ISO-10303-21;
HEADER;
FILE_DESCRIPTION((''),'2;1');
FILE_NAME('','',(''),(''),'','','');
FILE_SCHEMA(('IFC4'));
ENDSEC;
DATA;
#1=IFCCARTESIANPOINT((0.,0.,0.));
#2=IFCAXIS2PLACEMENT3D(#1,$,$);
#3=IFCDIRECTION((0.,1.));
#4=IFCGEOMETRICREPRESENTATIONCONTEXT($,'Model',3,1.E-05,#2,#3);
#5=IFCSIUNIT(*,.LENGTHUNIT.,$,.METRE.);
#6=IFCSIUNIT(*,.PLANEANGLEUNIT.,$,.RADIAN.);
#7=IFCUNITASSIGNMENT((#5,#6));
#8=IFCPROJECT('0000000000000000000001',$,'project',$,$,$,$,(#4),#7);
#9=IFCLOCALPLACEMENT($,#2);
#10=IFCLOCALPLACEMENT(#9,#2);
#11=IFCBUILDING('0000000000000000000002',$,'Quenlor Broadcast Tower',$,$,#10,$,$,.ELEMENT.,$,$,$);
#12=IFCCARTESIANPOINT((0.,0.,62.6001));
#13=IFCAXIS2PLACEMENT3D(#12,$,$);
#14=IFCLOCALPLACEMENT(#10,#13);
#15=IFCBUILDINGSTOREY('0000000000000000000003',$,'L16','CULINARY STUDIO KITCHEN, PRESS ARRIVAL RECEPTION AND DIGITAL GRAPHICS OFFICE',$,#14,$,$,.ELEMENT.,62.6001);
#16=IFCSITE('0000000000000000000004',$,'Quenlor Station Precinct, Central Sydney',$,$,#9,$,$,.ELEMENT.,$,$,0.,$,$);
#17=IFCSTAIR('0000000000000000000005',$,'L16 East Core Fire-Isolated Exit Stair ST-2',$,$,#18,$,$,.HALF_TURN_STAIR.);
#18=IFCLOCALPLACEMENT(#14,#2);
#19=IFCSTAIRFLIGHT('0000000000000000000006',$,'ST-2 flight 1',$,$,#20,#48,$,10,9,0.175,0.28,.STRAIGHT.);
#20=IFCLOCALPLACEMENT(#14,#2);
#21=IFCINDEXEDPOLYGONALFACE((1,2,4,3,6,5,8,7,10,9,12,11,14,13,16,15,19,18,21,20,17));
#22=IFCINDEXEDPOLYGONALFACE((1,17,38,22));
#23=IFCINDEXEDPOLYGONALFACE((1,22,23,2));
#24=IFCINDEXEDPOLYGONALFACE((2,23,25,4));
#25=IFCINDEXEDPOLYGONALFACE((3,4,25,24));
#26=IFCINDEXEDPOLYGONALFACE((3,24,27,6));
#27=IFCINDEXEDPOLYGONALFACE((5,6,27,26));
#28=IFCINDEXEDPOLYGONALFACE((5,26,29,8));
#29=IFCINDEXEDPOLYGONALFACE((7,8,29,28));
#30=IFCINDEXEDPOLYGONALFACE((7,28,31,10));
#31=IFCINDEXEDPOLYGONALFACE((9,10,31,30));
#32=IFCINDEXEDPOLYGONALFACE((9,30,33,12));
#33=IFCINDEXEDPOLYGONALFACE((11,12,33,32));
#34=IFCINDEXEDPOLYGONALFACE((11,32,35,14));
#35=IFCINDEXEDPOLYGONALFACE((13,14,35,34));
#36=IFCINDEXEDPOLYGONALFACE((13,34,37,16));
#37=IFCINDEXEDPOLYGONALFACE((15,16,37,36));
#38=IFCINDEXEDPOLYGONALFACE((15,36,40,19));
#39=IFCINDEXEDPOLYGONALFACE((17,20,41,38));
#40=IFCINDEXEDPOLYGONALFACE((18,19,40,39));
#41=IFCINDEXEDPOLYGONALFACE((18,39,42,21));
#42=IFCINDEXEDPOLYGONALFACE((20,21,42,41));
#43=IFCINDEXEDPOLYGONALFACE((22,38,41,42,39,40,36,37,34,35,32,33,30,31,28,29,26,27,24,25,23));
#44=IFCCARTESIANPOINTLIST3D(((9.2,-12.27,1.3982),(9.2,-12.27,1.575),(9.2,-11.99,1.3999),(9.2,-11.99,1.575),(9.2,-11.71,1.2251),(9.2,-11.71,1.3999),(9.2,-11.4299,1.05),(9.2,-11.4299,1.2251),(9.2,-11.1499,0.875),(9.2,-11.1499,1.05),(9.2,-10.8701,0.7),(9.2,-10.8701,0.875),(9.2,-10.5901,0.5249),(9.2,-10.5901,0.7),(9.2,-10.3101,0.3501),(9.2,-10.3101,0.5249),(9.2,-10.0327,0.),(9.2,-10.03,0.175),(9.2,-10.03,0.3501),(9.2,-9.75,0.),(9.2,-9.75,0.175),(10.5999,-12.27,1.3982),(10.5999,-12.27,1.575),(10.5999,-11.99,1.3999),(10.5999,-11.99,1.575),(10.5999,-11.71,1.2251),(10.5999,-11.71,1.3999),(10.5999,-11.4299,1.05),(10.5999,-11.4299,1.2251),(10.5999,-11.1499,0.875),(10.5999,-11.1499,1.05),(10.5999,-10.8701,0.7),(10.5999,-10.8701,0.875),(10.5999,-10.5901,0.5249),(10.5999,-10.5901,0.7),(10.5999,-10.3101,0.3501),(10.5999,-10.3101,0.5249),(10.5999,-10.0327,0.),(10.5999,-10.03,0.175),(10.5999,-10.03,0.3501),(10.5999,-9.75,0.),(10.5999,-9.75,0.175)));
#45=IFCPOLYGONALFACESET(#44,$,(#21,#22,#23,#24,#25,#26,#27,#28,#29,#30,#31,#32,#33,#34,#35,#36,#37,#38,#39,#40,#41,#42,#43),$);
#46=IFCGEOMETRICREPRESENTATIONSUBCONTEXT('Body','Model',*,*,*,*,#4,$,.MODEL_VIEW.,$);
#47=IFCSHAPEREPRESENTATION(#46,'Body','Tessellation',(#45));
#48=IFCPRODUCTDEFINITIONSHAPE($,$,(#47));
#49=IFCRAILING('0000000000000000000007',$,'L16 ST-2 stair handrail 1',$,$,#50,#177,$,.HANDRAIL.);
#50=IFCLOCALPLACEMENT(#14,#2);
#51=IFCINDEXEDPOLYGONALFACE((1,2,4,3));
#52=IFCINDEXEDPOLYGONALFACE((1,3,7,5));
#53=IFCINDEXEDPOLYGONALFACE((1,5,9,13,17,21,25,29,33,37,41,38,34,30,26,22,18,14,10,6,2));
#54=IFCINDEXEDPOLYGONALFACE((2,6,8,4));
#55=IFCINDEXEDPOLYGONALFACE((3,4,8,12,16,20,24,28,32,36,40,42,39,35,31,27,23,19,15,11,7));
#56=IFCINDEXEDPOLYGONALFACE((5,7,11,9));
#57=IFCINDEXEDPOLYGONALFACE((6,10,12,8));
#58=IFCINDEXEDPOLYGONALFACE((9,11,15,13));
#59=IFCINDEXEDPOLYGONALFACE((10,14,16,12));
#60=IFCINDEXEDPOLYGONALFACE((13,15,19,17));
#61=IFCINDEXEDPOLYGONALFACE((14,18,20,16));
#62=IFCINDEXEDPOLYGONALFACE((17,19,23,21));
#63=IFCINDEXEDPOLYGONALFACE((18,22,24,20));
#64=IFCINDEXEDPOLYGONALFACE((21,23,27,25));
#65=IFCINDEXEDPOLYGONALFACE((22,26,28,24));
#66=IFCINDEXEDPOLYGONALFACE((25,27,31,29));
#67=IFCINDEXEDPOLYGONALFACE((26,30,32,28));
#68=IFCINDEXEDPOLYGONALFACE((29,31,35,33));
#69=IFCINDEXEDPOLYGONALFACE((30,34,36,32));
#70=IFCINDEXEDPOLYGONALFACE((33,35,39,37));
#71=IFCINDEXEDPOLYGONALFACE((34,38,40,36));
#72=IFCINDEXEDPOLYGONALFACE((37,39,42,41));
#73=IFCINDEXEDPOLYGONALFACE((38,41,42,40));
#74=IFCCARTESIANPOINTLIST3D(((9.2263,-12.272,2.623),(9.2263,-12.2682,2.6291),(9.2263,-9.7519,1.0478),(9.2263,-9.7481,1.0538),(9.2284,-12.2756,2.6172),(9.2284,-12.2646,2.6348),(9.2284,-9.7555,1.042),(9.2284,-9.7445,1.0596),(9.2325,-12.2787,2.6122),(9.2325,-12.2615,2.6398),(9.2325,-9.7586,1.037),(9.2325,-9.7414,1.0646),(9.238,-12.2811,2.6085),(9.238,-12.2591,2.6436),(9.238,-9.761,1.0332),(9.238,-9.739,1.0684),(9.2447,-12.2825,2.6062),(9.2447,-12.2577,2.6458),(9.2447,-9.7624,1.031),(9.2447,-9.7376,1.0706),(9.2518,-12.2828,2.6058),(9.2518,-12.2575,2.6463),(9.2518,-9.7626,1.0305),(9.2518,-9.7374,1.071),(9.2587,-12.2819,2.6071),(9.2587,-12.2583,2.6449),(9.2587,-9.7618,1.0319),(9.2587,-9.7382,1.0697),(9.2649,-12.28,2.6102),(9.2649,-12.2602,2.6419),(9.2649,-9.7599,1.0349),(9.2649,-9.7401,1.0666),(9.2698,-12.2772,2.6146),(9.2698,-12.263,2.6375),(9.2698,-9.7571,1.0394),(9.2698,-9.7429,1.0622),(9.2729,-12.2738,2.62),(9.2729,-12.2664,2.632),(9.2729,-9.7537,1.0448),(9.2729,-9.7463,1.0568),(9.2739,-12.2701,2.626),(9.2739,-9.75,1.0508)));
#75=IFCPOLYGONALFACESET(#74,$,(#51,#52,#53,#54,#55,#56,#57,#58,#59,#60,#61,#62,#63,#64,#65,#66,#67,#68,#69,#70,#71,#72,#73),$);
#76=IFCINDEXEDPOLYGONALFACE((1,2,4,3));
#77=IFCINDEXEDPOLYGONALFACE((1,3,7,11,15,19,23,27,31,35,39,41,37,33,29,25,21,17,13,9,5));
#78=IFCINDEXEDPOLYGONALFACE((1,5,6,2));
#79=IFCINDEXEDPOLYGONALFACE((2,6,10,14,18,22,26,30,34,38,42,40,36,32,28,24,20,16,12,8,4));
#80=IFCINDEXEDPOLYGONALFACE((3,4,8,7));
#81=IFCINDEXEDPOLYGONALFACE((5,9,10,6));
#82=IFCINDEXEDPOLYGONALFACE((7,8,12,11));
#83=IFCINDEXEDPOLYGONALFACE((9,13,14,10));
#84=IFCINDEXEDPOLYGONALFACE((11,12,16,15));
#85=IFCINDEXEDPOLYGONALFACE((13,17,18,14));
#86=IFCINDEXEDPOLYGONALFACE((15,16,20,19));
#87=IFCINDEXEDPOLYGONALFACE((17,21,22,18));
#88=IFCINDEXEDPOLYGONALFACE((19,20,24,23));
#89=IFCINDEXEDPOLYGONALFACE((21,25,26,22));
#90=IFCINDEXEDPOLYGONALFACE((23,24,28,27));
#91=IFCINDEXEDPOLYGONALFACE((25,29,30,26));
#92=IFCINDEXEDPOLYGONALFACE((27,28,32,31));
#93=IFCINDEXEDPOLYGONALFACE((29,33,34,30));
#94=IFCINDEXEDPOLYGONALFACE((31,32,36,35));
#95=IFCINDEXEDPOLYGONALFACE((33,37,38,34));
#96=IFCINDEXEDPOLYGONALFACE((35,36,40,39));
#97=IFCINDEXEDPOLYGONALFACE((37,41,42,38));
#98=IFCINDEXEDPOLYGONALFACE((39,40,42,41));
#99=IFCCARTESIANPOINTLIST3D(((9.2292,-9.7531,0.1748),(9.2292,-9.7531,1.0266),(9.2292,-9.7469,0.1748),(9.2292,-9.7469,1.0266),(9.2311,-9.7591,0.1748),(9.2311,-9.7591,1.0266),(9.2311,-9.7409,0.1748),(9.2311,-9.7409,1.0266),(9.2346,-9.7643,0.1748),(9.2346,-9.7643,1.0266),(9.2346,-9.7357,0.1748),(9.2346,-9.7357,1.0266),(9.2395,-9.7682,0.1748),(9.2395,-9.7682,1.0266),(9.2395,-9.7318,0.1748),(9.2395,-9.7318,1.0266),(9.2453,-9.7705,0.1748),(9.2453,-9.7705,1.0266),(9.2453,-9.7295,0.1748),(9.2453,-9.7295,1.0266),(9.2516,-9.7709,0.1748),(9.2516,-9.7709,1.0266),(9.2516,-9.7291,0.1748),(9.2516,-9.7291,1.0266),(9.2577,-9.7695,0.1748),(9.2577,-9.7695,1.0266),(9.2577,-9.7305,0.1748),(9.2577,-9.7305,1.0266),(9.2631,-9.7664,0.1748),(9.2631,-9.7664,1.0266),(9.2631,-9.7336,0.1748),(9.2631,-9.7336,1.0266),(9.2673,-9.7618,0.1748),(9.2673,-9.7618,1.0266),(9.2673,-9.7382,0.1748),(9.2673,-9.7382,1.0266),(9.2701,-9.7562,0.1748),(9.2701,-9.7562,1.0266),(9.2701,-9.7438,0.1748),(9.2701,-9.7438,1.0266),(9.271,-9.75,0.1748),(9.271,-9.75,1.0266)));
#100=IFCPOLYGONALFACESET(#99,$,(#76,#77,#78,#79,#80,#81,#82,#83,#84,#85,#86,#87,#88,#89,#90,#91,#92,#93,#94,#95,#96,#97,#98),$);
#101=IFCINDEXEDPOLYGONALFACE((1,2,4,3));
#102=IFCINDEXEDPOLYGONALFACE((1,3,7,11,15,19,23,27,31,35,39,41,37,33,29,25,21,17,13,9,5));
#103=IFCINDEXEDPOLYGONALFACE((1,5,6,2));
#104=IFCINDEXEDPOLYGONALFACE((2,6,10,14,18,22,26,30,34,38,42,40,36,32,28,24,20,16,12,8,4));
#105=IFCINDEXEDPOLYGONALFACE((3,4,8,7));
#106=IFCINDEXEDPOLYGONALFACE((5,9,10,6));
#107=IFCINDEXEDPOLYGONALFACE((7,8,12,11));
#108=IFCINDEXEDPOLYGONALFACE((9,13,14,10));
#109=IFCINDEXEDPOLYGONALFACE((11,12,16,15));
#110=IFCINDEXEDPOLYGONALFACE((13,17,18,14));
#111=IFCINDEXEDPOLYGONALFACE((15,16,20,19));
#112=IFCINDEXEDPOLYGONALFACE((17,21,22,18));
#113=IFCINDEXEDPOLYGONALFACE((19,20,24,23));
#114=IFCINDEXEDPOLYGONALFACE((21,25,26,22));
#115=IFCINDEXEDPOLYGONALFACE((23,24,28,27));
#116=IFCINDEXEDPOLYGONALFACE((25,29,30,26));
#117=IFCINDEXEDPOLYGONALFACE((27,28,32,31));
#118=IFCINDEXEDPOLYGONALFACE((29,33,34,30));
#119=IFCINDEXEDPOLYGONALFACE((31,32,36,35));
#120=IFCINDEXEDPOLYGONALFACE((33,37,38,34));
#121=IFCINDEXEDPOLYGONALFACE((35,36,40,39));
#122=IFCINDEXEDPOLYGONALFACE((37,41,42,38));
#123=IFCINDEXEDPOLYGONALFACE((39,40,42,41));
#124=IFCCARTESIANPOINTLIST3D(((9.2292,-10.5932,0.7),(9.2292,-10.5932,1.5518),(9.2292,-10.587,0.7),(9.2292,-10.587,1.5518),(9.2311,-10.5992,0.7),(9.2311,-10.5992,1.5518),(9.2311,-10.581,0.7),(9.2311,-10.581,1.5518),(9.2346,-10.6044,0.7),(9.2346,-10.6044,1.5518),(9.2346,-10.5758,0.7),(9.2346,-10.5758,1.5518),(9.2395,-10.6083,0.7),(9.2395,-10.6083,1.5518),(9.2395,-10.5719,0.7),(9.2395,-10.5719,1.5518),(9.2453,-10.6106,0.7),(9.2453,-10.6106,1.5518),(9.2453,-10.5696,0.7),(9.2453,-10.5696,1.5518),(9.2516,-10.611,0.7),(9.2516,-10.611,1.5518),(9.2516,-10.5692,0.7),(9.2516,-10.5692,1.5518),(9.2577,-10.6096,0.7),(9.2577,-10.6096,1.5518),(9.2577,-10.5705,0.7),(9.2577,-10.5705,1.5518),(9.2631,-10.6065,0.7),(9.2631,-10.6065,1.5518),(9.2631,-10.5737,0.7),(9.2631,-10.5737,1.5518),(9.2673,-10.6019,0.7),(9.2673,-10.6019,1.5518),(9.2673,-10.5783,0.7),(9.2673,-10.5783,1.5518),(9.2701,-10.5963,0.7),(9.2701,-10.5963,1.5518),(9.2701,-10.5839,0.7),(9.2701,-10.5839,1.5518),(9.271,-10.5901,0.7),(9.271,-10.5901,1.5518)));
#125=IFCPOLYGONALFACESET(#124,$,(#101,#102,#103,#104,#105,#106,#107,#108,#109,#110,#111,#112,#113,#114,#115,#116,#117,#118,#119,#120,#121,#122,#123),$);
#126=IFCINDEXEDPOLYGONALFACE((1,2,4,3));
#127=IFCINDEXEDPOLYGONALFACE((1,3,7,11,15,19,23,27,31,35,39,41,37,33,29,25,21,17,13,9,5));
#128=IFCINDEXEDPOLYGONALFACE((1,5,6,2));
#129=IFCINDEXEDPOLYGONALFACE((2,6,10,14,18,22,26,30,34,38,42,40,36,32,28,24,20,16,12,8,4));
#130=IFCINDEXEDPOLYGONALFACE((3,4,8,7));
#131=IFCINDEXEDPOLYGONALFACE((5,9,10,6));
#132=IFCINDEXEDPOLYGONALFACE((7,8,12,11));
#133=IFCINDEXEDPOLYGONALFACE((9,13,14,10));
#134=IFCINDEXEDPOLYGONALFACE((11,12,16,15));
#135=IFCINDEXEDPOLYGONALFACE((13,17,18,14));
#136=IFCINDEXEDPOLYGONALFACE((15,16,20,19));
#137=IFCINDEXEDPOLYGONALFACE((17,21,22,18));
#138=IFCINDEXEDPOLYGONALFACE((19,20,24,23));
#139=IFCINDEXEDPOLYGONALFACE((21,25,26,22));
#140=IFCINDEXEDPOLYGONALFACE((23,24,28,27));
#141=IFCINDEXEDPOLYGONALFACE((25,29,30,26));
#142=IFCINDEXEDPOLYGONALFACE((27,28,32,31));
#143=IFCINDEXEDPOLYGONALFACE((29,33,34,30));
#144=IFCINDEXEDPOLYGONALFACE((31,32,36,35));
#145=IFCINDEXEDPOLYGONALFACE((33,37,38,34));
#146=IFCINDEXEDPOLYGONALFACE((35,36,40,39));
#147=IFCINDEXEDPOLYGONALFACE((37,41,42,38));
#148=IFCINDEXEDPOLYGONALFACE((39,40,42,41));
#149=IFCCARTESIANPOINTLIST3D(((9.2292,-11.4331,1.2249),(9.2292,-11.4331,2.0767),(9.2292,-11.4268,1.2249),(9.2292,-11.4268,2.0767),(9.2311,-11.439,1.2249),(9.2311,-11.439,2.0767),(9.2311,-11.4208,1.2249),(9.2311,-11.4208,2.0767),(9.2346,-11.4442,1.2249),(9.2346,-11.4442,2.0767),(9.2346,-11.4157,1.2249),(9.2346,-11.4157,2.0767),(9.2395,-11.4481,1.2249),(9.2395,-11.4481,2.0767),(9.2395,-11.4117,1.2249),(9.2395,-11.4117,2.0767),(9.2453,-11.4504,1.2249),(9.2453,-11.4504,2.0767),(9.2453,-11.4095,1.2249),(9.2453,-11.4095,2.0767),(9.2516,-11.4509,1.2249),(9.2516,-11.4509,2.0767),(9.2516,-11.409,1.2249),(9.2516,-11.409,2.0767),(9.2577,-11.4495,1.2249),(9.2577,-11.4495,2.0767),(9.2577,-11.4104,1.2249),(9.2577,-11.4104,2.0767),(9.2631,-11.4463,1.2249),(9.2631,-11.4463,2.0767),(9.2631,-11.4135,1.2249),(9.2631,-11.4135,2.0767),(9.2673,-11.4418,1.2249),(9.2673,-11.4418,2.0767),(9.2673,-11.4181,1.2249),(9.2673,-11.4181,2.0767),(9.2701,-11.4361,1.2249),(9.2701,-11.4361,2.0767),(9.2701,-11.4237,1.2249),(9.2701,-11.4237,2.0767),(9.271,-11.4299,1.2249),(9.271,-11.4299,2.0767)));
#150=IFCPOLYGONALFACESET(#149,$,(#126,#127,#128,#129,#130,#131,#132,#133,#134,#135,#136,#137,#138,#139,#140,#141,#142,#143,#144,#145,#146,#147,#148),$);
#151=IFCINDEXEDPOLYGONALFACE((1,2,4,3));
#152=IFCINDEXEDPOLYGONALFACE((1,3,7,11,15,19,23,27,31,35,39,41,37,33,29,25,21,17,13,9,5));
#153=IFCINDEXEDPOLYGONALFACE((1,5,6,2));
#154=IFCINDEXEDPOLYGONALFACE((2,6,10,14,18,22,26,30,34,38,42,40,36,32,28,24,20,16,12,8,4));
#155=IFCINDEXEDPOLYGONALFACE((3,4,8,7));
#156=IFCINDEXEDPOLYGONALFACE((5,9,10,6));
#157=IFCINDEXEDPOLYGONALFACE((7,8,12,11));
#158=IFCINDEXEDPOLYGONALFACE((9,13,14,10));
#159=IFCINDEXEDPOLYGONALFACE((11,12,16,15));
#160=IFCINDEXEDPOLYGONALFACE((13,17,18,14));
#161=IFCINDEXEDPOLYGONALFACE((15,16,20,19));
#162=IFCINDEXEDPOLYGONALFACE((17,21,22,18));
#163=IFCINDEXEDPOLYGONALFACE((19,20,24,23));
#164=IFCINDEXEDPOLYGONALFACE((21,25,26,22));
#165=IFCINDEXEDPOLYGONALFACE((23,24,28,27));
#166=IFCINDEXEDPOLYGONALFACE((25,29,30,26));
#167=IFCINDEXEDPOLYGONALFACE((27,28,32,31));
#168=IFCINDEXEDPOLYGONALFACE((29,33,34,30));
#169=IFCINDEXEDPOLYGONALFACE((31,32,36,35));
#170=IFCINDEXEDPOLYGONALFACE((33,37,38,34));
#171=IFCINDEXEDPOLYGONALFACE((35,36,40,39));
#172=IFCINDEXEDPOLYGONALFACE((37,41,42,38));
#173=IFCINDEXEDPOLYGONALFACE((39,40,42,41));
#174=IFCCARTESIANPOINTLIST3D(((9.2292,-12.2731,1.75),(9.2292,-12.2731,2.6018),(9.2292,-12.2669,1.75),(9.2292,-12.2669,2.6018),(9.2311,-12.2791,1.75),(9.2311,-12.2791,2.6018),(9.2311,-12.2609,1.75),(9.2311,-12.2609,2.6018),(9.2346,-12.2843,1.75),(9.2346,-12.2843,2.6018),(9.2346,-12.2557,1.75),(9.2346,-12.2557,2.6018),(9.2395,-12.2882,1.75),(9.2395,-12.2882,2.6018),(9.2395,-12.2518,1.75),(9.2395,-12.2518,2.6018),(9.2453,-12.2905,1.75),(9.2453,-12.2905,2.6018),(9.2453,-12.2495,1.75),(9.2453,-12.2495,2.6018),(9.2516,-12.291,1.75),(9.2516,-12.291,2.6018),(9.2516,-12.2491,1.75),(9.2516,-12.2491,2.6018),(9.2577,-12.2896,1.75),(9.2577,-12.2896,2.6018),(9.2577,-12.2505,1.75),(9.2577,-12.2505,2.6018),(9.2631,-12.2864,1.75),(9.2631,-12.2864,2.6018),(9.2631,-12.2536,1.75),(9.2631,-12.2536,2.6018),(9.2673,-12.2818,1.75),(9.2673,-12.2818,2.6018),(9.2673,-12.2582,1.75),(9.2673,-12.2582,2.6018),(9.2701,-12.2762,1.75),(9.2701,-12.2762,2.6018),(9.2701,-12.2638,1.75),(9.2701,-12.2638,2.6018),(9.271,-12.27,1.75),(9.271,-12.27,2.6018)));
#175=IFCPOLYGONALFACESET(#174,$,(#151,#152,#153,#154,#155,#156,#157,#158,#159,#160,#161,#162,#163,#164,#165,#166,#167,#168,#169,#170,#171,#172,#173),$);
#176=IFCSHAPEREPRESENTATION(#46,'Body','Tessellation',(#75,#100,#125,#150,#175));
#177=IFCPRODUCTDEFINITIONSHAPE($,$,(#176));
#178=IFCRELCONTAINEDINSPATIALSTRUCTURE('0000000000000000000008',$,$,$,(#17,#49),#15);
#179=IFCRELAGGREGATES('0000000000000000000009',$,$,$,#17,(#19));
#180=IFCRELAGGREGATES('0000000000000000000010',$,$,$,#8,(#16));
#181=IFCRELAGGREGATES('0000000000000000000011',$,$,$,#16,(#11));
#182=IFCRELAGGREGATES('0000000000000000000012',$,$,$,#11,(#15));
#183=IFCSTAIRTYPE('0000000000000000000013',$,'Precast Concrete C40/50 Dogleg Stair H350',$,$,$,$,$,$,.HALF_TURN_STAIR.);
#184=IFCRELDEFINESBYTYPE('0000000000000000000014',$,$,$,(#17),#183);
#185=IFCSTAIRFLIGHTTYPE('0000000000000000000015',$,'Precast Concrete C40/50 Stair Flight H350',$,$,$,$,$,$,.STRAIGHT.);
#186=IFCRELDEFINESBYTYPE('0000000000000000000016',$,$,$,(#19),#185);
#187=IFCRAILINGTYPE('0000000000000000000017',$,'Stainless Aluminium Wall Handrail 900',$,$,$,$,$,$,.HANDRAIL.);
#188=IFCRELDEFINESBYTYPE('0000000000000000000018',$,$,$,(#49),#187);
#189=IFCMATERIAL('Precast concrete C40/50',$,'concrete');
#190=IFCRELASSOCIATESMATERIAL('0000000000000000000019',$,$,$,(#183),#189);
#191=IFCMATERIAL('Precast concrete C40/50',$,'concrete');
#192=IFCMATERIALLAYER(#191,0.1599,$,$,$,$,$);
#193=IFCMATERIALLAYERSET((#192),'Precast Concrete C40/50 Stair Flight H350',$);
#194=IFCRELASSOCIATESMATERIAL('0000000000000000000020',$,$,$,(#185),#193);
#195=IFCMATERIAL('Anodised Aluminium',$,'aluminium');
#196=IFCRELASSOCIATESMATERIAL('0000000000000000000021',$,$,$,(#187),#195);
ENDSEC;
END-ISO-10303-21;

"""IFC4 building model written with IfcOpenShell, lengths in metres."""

from ifc_helpers import new_model, si_unit, direction, frame, origin, origin_2d, place, context, subcontext, project, spatial, polyline, circle, outline, extrude, material, layer, layer_set, type_object, element, aggregate, save


model = new_model("IFC4")

# Units and contexts
model_context = context("Model", 3, precision=1e-05, world=origin(), true_north=direction((0.0, 1.0)))
body_context = subcontext(model_context, "Body", "Model", "MODEL_VIEW")
ifc_project = project(units=[si_unit("LENGTHUNIT", "METRE"), si_unit("PLANEANGLEUNIT", "RADIAN")], contexts=[model_context])

# Site, building, storey
site_placement = place(None, origin())
site = spatial("IfcSite", under=ifc_project, at=site_placement, Name="Quenlor Station Precinct, Central Sydney", CompositionType="ELEMENT", RefElevation=0.0)
building_placement = place(site_placement, origin())
building = spatial("IfcBuilding", under=site, at=building_placement, Name="Quenlor Broadcast Tower", CompositionType="ELEMENT")
storey_placement = place(building_placement, frame((0.0, 0.0, 62.6001)))
storey = spatial("IfcBuildingStorey", under=building, at=storey_placement, Name="L16", Description="CULINARY STUDIO KITCHEN, PRESS ARRIVAL RECEPTION AND DIGITAL GRAPHICS OFFICE", CompositionType="ELEMENT", Elevation=62.6001)

# Stair, stair flight
ifc_material_1 = material(Name="Precast concrete C40/50", Category="concrete")
stair_type = type_object("IfcStairType", Name="Precast Concrete C40/50 Dogleg Stair H350", PredefinedType="HALF_TURN_STAIR", material=ifc_material_1)
stair_placement = place(storey_placement, origin())
stair = element("IfcStair", 1, at=stair_placement, inside=storey, type_object=stair_type, Name="L16 East Core Fire-Isolated Exit Stair ST-2", PredefinedType="HALF_TURN_STAIR")
ifc_material_2 = material(Name="Precast concrete C40/50", Category="concrete")
ifc_layer_1 = layer(ifc_material_2, 0.1599)
ifc_layer_set_1 = layer_set([ifc_layer_1], Name="Precast Concrete C40/50 Stair Flight H350")
stair_flight_type = type_object("IfcStairFlightType", Name="Precast Concrete C40/50 Stair Flight H350", PredefinedType="STRAIGHT", material=ifc_layer_set_1)
stair_flight_placement = place(storey_placement, frame((9.8999, -9.75, 0.0), z_axis=(0.0, 0.0, 1.0), x_axis=(0.0, -1.0, 0.0)))
stair_flight = element("IfcStairFlight", 2, at=stair_flight_placement, type_object=stair_flight_type, Name="ST-2 flight 1", NumberOfRisers=10, NumberOfTreads=9, PredefinedType="STRAIGHT", RiserHeight=0.175, TreadLength=0.28, context=body_context, shape_type="SweptSolid", body=[
    extrude(outline(polyline([(0.0, 0.0), (0.0, 0.175), (0.28, 0.175), (0.28, 0.3501), (0.5601, 0.3501), (0.5601, 0.5249), (0.8401, 0.5249), (0.8401, 0.7), (1.1201, 0.7), (1.1201, 0.875), (1.3999, 0.875), (1.3999, 1.05), (1.6799, 1.05), (1.6799, 1.2251), (1.96, 1.2251), (1.96, 1.3999), (2.24, 1.3999), (2.24, 1.575), (2.52, 1.575), (2.52, 1.75), (2.52, 1.3982), (0.2827, 0.0), (0.0, 0.0)])), frame((0.0, 0.7, 0.0), z_axis=(0.0, -1.0, 0.0), x_axis=(1.0, 0.0, 0.0)), (0.0, 0.0, 1.0), 1.3999),
])
aggregate(stair, [stair_flight])

# Railing
ifc_material_3 = material(Name="Anodised Aluminium", Category="aluminium")
railing_type = type_object("IfcRailingType", Name="Stainless Aluminium Wall Handrail 900", PredefinedType="HANDRAIL", material=ifc_material_3)
railing_placement = place(storey_placement, frame((9.25, -9.75, 0.1748)))
element("IfcRailing", 3, at=railing_placement, inside=storey, type_object=railing_type, Name="L16 ST-2 stair handrail 1", PredefinedType="HANDRAIL", context=body_context, shape_type="SweptSolid", body=[
    extrude(circle(Radius=0.0239, at=origin_2d()), frame((0.0, 0.0, 0.876), z_axis=(0.0, -0.847971, 0.530043), x_axis=(1.0, 0.0, 0.0)), (0.0, 0.0, 1.0), 2.9719),
    extrude(circle(Radius=0.021, at=origin_2d()), origin(), (0.0, 0.0, 1.0), 0.8518),
    extrude(circle(Radius=0.021, at=origin_2d()), frame((0.0, -0.8401, 0.5251)), (0.0, 0.0, 1.0), 0.8518),
    extrude(circle(Radius=0.021, at=origin_2d()), frame((0.0, -1.6799, 1.05)), (0.0, 0.0, 1.0), 0.8518),
    extrude(circle(Radius=0.021, at=origin_2d()), frame((0.0, -2.52, 1.5752)), (0.0, 0.0, 1.0), 0.8518),
])

save(model, "model.ifc")
